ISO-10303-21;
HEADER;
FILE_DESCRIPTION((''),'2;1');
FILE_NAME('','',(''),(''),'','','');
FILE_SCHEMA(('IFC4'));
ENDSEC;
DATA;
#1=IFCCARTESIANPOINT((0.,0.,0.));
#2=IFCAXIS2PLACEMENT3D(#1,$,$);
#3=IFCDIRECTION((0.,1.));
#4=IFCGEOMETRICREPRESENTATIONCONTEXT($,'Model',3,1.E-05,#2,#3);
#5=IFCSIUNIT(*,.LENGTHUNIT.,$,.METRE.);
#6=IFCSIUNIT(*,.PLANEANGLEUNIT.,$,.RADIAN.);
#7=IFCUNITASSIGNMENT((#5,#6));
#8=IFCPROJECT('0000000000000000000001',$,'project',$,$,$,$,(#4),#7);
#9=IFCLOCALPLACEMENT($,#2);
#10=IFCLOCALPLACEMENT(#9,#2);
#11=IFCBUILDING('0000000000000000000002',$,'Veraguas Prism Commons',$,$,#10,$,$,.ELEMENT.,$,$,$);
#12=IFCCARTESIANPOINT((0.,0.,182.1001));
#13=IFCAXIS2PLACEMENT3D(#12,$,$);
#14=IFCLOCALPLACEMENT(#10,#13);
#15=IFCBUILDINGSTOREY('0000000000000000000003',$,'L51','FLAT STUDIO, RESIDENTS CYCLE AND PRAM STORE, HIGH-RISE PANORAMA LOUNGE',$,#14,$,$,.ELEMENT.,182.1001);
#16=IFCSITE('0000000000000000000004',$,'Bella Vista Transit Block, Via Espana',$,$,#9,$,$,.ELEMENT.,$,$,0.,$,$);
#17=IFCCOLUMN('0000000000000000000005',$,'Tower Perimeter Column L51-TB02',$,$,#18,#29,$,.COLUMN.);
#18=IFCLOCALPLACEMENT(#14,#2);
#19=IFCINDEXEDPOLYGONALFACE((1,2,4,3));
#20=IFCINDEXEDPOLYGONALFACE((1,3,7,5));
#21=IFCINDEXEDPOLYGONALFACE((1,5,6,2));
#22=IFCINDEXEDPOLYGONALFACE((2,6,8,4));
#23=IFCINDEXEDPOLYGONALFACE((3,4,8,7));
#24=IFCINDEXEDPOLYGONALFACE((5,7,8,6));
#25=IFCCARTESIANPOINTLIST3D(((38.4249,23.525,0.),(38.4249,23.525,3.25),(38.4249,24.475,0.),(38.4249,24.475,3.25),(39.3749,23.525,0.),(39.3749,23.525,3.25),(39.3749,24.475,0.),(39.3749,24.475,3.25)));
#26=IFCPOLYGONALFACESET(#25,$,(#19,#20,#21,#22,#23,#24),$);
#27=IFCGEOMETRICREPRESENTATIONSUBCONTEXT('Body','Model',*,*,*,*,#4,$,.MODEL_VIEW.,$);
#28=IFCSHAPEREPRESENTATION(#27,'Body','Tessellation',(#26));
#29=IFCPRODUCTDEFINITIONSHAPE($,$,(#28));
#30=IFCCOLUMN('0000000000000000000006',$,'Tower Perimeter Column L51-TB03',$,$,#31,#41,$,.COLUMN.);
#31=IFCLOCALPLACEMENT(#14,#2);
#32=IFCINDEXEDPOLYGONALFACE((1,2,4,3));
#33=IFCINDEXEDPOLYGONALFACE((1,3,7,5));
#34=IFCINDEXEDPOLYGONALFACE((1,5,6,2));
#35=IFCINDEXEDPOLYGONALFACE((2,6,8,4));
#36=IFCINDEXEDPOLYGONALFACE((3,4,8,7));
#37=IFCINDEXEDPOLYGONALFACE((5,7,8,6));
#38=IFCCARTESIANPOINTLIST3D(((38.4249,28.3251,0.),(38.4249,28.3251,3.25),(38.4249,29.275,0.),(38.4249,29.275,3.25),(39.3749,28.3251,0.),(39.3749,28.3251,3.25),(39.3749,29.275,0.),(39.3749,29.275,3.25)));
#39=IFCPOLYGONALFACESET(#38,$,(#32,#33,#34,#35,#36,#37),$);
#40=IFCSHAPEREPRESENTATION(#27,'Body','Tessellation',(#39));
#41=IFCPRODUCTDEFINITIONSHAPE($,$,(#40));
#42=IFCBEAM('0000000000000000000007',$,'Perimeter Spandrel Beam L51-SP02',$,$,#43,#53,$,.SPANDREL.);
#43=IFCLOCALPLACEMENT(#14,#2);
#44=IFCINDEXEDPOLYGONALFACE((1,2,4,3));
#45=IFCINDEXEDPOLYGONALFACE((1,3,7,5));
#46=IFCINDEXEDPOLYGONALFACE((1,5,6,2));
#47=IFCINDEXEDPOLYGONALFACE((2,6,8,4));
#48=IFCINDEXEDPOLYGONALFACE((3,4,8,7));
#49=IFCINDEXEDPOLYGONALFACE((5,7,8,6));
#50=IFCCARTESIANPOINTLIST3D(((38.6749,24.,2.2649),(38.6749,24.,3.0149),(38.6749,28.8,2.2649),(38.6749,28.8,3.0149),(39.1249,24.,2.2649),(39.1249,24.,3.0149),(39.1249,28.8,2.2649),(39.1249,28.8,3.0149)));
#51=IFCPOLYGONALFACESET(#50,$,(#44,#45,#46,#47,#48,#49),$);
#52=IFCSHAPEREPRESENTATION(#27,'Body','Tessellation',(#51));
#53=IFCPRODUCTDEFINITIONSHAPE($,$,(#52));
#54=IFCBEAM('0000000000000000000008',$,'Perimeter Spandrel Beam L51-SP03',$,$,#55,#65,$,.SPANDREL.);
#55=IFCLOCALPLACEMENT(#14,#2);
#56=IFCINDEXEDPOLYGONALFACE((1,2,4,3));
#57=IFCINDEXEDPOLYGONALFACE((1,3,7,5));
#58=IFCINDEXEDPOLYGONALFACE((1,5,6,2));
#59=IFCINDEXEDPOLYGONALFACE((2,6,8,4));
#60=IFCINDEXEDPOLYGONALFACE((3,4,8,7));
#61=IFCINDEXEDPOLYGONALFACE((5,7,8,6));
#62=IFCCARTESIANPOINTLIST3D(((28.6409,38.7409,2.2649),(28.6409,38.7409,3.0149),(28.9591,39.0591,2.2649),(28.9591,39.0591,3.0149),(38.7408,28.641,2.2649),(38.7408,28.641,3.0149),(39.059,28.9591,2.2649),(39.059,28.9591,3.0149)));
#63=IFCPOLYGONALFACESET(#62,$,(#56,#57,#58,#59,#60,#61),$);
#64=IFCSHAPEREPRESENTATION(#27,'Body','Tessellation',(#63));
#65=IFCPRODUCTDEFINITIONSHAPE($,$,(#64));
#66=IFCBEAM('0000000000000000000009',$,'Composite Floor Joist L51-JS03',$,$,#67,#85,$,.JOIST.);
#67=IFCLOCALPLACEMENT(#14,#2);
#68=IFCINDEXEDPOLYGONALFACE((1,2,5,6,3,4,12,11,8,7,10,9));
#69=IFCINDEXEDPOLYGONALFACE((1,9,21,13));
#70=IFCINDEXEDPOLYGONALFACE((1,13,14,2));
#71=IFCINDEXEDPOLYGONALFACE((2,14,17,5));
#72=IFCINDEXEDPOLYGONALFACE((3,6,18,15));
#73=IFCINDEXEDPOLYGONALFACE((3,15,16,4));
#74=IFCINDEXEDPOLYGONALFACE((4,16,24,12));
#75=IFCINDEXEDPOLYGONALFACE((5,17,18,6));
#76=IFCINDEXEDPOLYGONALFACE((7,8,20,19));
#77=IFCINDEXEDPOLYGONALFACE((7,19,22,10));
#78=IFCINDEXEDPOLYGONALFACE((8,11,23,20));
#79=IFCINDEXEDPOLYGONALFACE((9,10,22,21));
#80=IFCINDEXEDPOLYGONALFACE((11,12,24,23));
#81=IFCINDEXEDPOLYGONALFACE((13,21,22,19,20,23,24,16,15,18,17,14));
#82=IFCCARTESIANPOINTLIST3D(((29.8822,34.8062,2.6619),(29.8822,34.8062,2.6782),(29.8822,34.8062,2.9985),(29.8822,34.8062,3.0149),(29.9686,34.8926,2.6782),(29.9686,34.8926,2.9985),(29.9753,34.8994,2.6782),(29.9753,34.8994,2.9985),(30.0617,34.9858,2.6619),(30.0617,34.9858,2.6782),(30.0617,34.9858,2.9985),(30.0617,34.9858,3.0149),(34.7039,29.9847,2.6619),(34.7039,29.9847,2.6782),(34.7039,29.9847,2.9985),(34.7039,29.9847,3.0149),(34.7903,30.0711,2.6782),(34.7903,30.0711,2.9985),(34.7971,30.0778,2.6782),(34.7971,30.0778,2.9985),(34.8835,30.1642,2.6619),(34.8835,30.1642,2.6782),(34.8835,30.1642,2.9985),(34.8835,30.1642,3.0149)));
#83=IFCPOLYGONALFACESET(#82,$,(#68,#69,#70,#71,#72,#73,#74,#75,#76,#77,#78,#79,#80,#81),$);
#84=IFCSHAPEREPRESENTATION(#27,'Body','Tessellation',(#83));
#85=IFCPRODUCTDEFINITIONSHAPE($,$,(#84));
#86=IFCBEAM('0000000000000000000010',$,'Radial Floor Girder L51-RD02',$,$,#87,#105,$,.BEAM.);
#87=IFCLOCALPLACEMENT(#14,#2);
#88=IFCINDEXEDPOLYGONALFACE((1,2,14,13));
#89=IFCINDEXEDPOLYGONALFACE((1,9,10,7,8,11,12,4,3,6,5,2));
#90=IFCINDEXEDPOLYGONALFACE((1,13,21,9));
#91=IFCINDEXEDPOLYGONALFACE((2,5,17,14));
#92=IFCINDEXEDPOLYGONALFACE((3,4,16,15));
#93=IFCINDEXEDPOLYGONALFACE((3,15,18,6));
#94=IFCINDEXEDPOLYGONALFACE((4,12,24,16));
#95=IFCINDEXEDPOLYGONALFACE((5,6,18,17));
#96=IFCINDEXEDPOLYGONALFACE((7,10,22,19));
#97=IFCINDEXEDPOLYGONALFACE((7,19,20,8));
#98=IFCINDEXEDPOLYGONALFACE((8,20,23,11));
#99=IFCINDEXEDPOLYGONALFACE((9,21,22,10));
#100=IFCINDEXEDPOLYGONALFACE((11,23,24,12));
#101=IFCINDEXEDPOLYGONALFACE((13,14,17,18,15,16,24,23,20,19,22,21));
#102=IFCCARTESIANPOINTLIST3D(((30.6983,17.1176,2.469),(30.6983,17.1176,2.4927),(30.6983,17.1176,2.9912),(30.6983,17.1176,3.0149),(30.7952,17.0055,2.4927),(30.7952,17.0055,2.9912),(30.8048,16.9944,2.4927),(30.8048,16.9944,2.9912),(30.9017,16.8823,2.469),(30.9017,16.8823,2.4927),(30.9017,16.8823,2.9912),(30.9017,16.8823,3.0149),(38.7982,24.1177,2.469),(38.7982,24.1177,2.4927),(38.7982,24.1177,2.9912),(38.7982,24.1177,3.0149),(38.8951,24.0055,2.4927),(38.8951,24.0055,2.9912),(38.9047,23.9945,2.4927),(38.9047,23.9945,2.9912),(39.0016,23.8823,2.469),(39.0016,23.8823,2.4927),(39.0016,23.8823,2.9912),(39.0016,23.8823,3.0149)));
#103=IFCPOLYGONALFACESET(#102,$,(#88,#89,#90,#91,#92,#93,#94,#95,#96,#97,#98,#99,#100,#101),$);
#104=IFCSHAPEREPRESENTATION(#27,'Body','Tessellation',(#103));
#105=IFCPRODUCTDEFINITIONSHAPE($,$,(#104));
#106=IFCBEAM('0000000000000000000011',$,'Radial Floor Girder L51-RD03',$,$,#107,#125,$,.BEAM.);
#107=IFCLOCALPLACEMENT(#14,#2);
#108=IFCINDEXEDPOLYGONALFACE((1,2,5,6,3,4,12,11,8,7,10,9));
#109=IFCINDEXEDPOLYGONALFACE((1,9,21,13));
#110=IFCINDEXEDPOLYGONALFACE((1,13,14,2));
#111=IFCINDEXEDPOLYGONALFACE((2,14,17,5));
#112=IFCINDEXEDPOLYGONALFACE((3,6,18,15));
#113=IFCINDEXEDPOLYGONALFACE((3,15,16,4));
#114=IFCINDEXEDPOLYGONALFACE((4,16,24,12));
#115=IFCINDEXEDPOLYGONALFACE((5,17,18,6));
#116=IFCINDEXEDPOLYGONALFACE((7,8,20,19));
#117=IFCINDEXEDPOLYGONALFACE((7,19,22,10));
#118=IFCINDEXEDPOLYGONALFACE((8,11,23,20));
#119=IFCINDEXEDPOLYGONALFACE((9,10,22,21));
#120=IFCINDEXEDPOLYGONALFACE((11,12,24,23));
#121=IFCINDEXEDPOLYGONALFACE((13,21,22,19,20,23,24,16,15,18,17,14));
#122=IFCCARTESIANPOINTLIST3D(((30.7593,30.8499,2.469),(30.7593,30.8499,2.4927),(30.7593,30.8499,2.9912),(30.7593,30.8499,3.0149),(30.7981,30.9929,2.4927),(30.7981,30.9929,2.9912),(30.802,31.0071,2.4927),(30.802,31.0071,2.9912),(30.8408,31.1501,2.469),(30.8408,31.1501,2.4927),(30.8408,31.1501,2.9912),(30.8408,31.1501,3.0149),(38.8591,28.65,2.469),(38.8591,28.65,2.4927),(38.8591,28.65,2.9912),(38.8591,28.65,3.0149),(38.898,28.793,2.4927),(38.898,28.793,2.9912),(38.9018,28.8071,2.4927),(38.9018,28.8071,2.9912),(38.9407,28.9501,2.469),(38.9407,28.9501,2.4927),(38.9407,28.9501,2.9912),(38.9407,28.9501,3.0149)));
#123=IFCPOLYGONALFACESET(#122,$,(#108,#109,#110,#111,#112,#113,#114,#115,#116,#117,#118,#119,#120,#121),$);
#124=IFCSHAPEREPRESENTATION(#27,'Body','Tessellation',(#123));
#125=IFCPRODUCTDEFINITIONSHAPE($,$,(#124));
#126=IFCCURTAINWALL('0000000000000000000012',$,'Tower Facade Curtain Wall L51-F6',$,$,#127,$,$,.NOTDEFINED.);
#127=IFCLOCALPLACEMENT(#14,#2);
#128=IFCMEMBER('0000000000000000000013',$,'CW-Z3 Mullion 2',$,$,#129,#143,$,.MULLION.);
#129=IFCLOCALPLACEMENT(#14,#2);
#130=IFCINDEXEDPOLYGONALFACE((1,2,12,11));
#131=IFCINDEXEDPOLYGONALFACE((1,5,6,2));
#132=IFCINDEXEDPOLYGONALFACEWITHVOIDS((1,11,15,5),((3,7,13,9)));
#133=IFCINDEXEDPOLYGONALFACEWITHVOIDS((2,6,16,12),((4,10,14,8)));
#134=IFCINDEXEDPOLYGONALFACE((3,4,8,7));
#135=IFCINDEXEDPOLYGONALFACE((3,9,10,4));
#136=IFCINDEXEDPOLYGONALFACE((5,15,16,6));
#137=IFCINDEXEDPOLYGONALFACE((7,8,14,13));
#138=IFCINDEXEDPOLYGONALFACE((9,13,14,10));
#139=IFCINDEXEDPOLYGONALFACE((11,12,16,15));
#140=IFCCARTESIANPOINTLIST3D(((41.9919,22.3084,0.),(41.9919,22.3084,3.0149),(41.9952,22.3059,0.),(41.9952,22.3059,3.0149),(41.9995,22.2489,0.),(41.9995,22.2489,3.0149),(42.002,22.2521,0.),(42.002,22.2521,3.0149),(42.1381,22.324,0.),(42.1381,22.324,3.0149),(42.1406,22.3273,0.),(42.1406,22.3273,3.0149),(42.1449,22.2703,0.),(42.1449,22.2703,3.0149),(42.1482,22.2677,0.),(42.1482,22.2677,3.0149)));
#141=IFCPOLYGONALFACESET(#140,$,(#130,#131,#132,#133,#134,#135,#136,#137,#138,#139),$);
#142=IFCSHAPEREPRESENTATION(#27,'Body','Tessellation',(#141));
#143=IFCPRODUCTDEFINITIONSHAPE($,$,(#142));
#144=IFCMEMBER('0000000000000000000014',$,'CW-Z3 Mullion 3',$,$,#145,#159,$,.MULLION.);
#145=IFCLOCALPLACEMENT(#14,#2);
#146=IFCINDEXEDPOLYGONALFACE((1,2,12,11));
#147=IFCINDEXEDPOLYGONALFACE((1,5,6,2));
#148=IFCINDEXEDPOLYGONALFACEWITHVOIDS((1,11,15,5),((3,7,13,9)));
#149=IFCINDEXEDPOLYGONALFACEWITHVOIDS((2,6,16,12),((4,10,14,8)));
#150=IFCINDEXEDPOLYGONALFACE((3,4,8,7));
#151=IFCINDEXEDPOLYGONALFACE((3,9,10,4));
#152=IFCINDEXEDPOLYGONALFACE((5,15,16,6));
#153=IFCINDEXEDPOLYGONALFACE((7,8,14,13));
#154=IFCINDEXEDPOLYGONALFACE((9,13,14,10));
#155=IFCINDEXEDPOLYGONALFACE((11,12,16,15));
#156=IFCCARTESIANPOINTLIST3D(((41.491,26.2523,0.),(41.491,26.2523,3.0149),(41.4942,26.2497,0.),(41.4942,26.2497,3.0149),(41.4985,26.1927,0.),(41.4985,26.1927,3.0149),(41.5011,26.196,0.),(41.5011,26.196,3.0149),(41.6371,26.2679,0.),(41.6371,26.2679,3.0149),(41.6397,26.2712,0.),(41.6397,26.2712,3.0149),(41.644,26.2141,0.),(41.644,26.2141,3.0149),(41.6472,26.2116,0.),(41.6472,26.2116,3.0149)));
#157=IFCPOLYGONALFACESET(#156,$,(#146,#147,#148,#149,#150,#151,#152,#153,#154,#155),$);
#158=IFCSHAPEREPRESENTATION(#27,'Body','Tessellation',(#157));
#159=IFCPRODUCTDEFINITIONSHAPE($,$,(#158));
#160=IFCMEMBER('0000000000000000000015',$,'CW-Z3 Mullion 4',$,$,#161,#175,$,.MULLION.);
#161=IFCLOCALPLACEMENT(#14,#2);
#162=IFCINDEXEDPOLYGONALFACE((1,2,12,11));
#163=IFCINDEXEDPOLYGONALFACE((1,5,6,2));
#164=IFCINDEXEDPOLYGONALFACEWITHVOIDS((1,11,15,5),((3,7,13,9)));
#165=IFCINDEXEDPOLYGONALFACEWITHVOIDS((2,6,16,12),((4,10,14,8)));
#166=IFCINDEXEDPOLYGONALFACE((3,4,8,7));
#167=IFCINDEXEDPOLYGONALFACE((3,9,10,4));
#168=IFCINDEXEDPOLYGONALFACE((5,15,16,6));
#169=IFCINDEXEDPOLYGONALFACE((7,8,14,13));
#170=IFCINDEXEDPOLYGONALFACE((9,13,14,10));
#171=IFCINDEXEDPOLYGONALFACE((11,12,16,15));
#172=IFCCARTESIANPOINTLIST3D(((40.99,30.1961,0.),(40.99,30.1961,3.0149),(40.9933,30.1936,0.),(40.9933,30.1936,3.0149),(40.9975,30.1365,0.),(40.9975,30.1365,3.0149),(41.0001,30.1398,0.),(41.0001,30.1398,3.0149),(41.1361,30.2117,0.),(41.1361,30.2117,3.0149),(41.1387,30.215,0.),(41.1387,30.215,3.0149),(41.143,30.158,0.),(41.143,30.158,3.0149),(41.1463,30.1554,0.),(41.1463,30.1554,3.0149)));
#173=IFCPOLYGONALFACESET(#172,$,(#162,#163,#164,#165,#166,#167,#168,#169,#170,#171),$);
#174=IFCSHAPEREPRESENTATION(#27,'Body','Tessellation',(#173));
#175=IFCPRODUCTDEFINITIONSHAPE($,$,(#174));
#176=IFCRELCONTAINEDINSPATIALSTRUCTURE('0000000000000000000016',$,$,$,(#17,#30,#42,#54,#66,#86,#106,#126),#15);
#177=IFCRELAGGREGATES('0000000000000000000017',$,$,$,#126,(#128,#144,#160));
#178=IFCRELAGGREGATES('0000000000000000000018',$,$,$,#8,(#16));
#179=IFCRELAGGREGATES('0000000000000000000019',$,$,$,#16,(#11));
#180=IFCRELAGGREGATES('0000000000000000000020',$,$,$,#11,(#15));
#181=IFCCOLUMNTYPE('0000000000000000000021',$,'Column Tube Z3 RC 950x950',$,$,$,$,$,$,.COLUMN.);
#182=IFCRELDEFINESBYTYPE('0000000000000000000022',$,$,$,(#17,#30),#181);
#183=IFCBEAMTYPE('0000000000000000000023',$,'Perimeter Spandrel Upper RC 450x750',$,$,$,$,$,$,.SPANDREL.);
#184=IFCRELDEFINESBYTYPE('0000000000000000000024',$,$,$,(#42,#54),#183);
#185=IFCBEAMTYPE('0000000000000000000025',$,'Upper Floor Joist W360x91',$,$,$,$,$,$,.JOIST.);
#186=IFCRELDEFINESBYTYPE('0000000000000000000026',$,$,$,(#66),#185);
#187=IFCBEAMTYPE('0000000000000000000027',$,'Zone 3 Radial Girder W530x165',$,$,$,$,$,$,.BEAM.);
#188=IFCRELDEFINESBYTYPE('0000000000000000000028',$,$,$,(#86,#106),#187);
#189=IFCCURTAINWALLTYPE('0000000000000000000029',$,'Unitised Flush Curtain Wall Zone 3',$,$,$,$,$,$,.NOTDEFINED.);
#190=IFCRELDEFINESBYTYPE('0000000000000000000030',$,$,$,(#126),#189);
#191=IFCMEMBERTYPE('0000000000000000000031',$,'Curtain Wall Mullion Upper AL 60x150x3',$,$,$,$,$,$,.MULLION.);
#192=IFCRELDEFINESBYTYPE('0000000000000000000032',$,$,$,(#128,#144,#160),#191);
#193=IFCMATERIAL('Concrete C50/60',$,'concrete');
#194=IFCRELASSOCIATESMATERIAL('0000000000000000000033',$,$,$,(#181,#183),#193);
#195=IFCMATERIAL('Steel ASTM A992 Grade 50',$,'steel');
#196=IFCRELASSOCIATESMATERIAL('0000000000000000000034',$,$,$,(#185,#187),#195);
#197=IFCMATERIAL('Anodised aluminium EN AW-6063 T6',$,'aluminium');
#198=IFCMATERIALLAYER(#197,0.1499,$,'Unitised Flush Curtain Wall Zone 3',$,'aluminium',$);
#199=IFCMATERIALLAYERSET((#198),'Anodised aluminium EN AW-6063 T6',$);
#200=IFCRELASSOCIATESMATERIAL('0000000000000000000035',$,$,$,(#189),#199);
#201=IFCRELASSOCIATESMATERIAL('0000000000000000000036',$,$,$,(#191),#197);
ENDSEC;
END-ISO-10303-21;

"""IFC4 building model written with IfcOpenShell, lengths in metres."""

from ifc_helpers import new_model, si_unit, direction, frame, origin, origin_2d, place, context, subcontext, project, spatial, rectangle, hollow_rectangle, i_section, extrude, source, transform, mapped, material, layer, layer_set, material_profile, profile_set, type_object, element, aggregate, save


model = new_model("IFC4")

# Units and contexts
model_context = context("Model", 3, precision=1e-05, world=origin(), true_north=direction((0.0, 1.0)))
body_context = subcontext(model_context, "Body", "Model", "MODEL_VIEW")
ifc_project = project(units=[si_unit("LENGTHUNIT", "METRE"), si_unit("PLANEANGLEUNIT", "RADIAN")], contexts=[model_context])

# Site, building, storey
site_placement = place(None, origin())
site = spatial("IfcSite", under=ifc_project, at=site_placement, Name="Bella Vista Transit Block, Via Espana", CompositionType="ELEMENT", RefElevation=0.0)
building_placement = place(site_placement, origin())
building = spatial("IfcBuilding", under=site, at=building_placement, Name="Veraguas Prism Commons", CompositionType="ELEMENT")
storey_placement = place(building_placement, frame((0.0, 0.0, 182.1001)))
storey = spatial("IfcBuildingStorey", under=building, at=storey_placement, Name="L51", Description="FLAT STUDIO, RESIDENTS CYCLE AND PRAM STORE, HIGH-RISE PANORAMA LOUNGE", CompositionType="ELEMENT", Elevation=182.1001)

# Columns
ifc_material_1 = material(Name="Concrete C50/60", Category="concrete")
ifc_material_profile_1 = material_profile(ifc_material_1, rectangle(XDim=0.95, YDim=0.95, at=origin_2d()), Name="RC950X950")
ifc_profile_set_1 = profile_set([ifc_material_profile_1], Name="Concrete C50/60")
column_type = type_object("IfcColumnType", Name="Column Tube Z3 RC 950x950", PredefinedType="COLUMN", material=ifc_profile_set_1)
for number, where, z_axis, x_axis, name in (
    (1, (38.8999, 24.0, 0.0), (0.0, 0.0, 1.0), (1.0, 0.0, 0.0), "Tower Perimeter Column L51-TB02"),
    (2, (38.8999, 28.8, 0.0), (0.0, 0.0, 1.0), (1.0, 0.0, 0.0), "Tower Perimeter Column L51-TB03"),
):
    element("IfcColumn", number, at=place(storey_placement, frame(where, z_axis=z_axis, x_axis=x_axis)), inside=storey, type_object=column_type, Name=name, PredefinedType="COLUMN", context=body_context, shape_type="SweptSolid", body=[
        extrude(rectangle(XDim=0.95, YDim=0.95, at=origin_2d()), origin(), (0.0, 0.0, 1.0), 3.25),
    ])

# Beams
ifc_material_profile_2 = material_profile(ifc_material_1, rectangle(XDim=0.45, YDim=0.75, at=origin_2d()), Name="RC450X750")
ifc_profile_set_2 = profile_set([ifc_material_profile_2], Name="Concrete C50/60")
beam_type_1 = type_object("IfcBeamType", Name="Perimeter Spandrel Upper RC 450x750", PredefinedType="SPANDREL", material=ifc_profile_set_2)
beam_1_placement = place(storey_placement, frame((38.8999, 24.0, 2.6399), z_axis=(0.0, 1.0, 0.0), x_axis=(-1.0, 0.0, 0.0)))
element("IfcBeam", 3, at=beam_1_placement, inside=storey, type_object=beam_type_1, Name="Perimeter Spandrel Beam L51-SP02", PredefinedType="SPANDREL", context=body_context, shape_type="SweptSolid", body=[
    extrude(rectangle(XDim=0.45, YDim=0.75, at=origin_2d()), origin(), (0.0, 0.0, 1.0), 4.8),
])
beam_2_placement = place(storey_placement, frame((38.8999, 28.8, 2.6399), z_axis=(-0.707107, 0.707107, 0.0), x_axis=(-0.707107, -0.707107, 0.0)))
element("IfcBeam", 4, at=beam_2_placement, inside=storey, type_object=beam_type_1, Name="Perimeter Spandrel Beam L51-SP03", PredefinedType="SPANDREL", context=body_context, shape_type="SweptSolid", body=[
    extrude(rectangle(XDim=0.45, YDim=0.75, at=origin_2d()), origin(), (0.0, 0.0, 1.0), 14.2834),
])
ifc_material_2 = material(Name="Steel ASTM A992 Grade 50", Category="steel")
ifc_material_profile_3 = material_profile(ifc_material_2, i_section(OverallWidth=0.2539, OverallDepth=0.353, WebThickness=0.0095, FlangeThickness=0.0164, at=origin_2d()), Name="W360X91")
ifc_profile_set_3 = profile_set([ifc_material_profile_3], Name="Steel ASTM A992 Grade 50")
beam_type_2 = type_object("IfcBeamType", Name="Upper Floor Joist W360x91", PredefinedType="JOIST", material=ifc_profile_set_3)
beam_3_placement = place(storey_placement, frame((34.7937, 30.0745, 2.8384), z_axis=(-0.707125, 0.707089, 0.0), x_axis=(-0.707089, -0.707125, 0.0)))
element("IfcBeam", 5, at=beam_3_placement, inside=storey, type_object=beam_type_2, Name="Composite Floor Joist L51-JS03", PredefinedType="JOIST", context=body_context, shape_type="SweptSolid", body=[
    extrude(i_section(OverallWidth=0.2539, OverallDepth=0.353, WebThickness=0.0095, FlangeThickness=0.0164, at=origin_2d()), origin(), (0.0, 0.0, 1.0), 6.8188),
])
ifc_material_profile_4 = material_profile(ifc_material_2, i_section(OverallWidth=0.311, OverallDepth=0.5459, WebThickness=0.0146, FlangeThickness=0.0237, at=origin_2d()), Name="W530X165")
ifc_profile_set_4 = profile_set([ifc_material_profile_4], Name="Steel ASTM A992 Grade 50")
beam_type_3 = type_object("IfcBeamType", Name="Zone 3 Radial Girder W530x165", PredefinedType="BEAM", material=ifc_profile_set_4)
beam_4_placement = place(storey_placement, frame((38.8999, 24.0, 2.7419), z_axis=(-0.756607, -0.65387, 0.0), x_axis=(0.65387, -0.756607, 0.0)))
element("IfcBeam", 6, at=beam_4_placement, inside=storey, type_object=beam_type_3, Name="Radial Floor Girder L51-RD02", PredefinedType="BEAM", context=body_context, shape_type="SweptSolid", body=[
    extrude(i_section(OverallWidth=0.311, OverallDepth=0.5459, WebThickness=0.0146, FlangeThickness=0.0237, at=origin_2d()), origin(), (0.0, 0.0, 1.0), 10.7056),
])
beam_5_placement = place(storey_placement, frame((38.8999, 28.8, 2.7419), z_axis=(-0.965039, 0.262108, 0.0), x_axis=(-0.262108, -0.965039, 0.0)))
element("IfcBeam", 7, at=beam_5_placement, inside=storey, type_object=beam_type_3, Name="Radial Floor Girder L51-RD03", PredefinedType="BEAM", context=body_context, shape_type="SweptSolid", body=[
    extrude(i_section(OverallWidth=0.311, OverallDepth=0.5459, WebThickness=0.0146, FlangeThickness=0.0237, at=origin_2d()), origin(), (0.0, 0.0, 1.0), 8.3933),
])

# Curtain wall, members
ifc_material_3 = material(Name="Anodised aluminium EN AW-6063 T6", Category="aluminium")
ifc_layer_1 = layer(ifc_material_3, 0.1499, Name="Unitised Flush Curtain Wall Zone 3", Category="aluminium")
ifc_layer_set_1 = layer_set([ifc_layer_1], Name="Anodised aluminium EN AW-6063 T6")
curtain_wall_type = type_object("IfcCurtainWallType", Name="Unitised Flush Curtain Wall Zone 3", PredefinedType="NOTDEFINED", material=ifc_layer_set_1)
curtain_wall_placement = place(storey_placement, origin())
curtain_wall = element("IfcCurtainWall", 8, at=curtain_wall_placement, inside=storey, type_object=curtain_wall_type, Name="Tower Facade Curtain Wall L51-F6", PredefinedType="NOTDEFINED")
ifc_material_profile_5 = material_profile(ifc_material_3, hollow_rectangle(XDim=0.0601, YDim=0.1499, WallThickness=0.0029, at=origin_2d()), Name="AL60X150X3")
ifc_profile_set_5 = profile_set([ifc_material_profile_5], Name="Anodised aluminium EN AW-6063 T6")
member_type = type_object("IfcMemberType", Name="Curtain Wall Mullion Upper AL 60x150x3", PredefinedType="MULLION", material=ifc_profile_set_5)
shared_shape_1 = source(origin(), body_context, "Body", "SweptSolid", [
    extrude(hollow_rectangle(XDim=0.0601, YDim=0.1499, WallThickness=0.0029, at=origin_2d()), origin(), (0.0, 0.0, 1.0), 3.0149),
])
member_1_placement = place(storey_placement, frame((42.0701, 22.2881, 0.0), z_axis=(0.0, 0.0, 1.0), x_axis=(-0.126019, 0.992028, 0.0)))
member_1 = element("IfcMember", 9, at=member_1_placement, type_object=member_type, Name="CW-Z3 Mullion 2", PredefinedType="MULLION", context=body_context, shape_type="MappedRepresentation", body=[
    mapped(shared_shape_1, transform((0.0, 0.0, 0.0), scale=1.0)),
])
member_2_placement = place(storey_placement, frame((41.5691, 26.2319, 0.0), z_axis=(0.0, 0.0, 1.0), x_axis=(-0.126019, 0.992028, 0.0)))
member_2 = element("IfcMember", 10, at=member_2_placement, type_object=member_type, Name="CW-Z3 Mullion 3", PredefinedType="MULLION", context=body_context, shape_type="MappedRepresentation", body=[
    mapped(shared_shape_1, transform((0.0, 0.0, 0.0), scale=1.0)),
])
member_3_placement = place(storey_placement, frame((41.0681, 30.1758, 0.0), z_axis=(0.0, 0.0, 1.0), x_axis=(-0.126019, 0.992028, 0.0)))
member_3 = element("IfcMember", 11, at=member_3_placement, type_object=member_type, Name="CW-Z3 Mullion 4", PredefinedType="MULLION", context=body_context, shape_type="MappedRepresentation", body=[
    mapped(shared_shape_1, transform((0.0, 0.0, 0.0), scale=1.0)),
])
aggregate(curtain_wall, [member_1, member_2, member_3])

save(model, "model.ifc")
